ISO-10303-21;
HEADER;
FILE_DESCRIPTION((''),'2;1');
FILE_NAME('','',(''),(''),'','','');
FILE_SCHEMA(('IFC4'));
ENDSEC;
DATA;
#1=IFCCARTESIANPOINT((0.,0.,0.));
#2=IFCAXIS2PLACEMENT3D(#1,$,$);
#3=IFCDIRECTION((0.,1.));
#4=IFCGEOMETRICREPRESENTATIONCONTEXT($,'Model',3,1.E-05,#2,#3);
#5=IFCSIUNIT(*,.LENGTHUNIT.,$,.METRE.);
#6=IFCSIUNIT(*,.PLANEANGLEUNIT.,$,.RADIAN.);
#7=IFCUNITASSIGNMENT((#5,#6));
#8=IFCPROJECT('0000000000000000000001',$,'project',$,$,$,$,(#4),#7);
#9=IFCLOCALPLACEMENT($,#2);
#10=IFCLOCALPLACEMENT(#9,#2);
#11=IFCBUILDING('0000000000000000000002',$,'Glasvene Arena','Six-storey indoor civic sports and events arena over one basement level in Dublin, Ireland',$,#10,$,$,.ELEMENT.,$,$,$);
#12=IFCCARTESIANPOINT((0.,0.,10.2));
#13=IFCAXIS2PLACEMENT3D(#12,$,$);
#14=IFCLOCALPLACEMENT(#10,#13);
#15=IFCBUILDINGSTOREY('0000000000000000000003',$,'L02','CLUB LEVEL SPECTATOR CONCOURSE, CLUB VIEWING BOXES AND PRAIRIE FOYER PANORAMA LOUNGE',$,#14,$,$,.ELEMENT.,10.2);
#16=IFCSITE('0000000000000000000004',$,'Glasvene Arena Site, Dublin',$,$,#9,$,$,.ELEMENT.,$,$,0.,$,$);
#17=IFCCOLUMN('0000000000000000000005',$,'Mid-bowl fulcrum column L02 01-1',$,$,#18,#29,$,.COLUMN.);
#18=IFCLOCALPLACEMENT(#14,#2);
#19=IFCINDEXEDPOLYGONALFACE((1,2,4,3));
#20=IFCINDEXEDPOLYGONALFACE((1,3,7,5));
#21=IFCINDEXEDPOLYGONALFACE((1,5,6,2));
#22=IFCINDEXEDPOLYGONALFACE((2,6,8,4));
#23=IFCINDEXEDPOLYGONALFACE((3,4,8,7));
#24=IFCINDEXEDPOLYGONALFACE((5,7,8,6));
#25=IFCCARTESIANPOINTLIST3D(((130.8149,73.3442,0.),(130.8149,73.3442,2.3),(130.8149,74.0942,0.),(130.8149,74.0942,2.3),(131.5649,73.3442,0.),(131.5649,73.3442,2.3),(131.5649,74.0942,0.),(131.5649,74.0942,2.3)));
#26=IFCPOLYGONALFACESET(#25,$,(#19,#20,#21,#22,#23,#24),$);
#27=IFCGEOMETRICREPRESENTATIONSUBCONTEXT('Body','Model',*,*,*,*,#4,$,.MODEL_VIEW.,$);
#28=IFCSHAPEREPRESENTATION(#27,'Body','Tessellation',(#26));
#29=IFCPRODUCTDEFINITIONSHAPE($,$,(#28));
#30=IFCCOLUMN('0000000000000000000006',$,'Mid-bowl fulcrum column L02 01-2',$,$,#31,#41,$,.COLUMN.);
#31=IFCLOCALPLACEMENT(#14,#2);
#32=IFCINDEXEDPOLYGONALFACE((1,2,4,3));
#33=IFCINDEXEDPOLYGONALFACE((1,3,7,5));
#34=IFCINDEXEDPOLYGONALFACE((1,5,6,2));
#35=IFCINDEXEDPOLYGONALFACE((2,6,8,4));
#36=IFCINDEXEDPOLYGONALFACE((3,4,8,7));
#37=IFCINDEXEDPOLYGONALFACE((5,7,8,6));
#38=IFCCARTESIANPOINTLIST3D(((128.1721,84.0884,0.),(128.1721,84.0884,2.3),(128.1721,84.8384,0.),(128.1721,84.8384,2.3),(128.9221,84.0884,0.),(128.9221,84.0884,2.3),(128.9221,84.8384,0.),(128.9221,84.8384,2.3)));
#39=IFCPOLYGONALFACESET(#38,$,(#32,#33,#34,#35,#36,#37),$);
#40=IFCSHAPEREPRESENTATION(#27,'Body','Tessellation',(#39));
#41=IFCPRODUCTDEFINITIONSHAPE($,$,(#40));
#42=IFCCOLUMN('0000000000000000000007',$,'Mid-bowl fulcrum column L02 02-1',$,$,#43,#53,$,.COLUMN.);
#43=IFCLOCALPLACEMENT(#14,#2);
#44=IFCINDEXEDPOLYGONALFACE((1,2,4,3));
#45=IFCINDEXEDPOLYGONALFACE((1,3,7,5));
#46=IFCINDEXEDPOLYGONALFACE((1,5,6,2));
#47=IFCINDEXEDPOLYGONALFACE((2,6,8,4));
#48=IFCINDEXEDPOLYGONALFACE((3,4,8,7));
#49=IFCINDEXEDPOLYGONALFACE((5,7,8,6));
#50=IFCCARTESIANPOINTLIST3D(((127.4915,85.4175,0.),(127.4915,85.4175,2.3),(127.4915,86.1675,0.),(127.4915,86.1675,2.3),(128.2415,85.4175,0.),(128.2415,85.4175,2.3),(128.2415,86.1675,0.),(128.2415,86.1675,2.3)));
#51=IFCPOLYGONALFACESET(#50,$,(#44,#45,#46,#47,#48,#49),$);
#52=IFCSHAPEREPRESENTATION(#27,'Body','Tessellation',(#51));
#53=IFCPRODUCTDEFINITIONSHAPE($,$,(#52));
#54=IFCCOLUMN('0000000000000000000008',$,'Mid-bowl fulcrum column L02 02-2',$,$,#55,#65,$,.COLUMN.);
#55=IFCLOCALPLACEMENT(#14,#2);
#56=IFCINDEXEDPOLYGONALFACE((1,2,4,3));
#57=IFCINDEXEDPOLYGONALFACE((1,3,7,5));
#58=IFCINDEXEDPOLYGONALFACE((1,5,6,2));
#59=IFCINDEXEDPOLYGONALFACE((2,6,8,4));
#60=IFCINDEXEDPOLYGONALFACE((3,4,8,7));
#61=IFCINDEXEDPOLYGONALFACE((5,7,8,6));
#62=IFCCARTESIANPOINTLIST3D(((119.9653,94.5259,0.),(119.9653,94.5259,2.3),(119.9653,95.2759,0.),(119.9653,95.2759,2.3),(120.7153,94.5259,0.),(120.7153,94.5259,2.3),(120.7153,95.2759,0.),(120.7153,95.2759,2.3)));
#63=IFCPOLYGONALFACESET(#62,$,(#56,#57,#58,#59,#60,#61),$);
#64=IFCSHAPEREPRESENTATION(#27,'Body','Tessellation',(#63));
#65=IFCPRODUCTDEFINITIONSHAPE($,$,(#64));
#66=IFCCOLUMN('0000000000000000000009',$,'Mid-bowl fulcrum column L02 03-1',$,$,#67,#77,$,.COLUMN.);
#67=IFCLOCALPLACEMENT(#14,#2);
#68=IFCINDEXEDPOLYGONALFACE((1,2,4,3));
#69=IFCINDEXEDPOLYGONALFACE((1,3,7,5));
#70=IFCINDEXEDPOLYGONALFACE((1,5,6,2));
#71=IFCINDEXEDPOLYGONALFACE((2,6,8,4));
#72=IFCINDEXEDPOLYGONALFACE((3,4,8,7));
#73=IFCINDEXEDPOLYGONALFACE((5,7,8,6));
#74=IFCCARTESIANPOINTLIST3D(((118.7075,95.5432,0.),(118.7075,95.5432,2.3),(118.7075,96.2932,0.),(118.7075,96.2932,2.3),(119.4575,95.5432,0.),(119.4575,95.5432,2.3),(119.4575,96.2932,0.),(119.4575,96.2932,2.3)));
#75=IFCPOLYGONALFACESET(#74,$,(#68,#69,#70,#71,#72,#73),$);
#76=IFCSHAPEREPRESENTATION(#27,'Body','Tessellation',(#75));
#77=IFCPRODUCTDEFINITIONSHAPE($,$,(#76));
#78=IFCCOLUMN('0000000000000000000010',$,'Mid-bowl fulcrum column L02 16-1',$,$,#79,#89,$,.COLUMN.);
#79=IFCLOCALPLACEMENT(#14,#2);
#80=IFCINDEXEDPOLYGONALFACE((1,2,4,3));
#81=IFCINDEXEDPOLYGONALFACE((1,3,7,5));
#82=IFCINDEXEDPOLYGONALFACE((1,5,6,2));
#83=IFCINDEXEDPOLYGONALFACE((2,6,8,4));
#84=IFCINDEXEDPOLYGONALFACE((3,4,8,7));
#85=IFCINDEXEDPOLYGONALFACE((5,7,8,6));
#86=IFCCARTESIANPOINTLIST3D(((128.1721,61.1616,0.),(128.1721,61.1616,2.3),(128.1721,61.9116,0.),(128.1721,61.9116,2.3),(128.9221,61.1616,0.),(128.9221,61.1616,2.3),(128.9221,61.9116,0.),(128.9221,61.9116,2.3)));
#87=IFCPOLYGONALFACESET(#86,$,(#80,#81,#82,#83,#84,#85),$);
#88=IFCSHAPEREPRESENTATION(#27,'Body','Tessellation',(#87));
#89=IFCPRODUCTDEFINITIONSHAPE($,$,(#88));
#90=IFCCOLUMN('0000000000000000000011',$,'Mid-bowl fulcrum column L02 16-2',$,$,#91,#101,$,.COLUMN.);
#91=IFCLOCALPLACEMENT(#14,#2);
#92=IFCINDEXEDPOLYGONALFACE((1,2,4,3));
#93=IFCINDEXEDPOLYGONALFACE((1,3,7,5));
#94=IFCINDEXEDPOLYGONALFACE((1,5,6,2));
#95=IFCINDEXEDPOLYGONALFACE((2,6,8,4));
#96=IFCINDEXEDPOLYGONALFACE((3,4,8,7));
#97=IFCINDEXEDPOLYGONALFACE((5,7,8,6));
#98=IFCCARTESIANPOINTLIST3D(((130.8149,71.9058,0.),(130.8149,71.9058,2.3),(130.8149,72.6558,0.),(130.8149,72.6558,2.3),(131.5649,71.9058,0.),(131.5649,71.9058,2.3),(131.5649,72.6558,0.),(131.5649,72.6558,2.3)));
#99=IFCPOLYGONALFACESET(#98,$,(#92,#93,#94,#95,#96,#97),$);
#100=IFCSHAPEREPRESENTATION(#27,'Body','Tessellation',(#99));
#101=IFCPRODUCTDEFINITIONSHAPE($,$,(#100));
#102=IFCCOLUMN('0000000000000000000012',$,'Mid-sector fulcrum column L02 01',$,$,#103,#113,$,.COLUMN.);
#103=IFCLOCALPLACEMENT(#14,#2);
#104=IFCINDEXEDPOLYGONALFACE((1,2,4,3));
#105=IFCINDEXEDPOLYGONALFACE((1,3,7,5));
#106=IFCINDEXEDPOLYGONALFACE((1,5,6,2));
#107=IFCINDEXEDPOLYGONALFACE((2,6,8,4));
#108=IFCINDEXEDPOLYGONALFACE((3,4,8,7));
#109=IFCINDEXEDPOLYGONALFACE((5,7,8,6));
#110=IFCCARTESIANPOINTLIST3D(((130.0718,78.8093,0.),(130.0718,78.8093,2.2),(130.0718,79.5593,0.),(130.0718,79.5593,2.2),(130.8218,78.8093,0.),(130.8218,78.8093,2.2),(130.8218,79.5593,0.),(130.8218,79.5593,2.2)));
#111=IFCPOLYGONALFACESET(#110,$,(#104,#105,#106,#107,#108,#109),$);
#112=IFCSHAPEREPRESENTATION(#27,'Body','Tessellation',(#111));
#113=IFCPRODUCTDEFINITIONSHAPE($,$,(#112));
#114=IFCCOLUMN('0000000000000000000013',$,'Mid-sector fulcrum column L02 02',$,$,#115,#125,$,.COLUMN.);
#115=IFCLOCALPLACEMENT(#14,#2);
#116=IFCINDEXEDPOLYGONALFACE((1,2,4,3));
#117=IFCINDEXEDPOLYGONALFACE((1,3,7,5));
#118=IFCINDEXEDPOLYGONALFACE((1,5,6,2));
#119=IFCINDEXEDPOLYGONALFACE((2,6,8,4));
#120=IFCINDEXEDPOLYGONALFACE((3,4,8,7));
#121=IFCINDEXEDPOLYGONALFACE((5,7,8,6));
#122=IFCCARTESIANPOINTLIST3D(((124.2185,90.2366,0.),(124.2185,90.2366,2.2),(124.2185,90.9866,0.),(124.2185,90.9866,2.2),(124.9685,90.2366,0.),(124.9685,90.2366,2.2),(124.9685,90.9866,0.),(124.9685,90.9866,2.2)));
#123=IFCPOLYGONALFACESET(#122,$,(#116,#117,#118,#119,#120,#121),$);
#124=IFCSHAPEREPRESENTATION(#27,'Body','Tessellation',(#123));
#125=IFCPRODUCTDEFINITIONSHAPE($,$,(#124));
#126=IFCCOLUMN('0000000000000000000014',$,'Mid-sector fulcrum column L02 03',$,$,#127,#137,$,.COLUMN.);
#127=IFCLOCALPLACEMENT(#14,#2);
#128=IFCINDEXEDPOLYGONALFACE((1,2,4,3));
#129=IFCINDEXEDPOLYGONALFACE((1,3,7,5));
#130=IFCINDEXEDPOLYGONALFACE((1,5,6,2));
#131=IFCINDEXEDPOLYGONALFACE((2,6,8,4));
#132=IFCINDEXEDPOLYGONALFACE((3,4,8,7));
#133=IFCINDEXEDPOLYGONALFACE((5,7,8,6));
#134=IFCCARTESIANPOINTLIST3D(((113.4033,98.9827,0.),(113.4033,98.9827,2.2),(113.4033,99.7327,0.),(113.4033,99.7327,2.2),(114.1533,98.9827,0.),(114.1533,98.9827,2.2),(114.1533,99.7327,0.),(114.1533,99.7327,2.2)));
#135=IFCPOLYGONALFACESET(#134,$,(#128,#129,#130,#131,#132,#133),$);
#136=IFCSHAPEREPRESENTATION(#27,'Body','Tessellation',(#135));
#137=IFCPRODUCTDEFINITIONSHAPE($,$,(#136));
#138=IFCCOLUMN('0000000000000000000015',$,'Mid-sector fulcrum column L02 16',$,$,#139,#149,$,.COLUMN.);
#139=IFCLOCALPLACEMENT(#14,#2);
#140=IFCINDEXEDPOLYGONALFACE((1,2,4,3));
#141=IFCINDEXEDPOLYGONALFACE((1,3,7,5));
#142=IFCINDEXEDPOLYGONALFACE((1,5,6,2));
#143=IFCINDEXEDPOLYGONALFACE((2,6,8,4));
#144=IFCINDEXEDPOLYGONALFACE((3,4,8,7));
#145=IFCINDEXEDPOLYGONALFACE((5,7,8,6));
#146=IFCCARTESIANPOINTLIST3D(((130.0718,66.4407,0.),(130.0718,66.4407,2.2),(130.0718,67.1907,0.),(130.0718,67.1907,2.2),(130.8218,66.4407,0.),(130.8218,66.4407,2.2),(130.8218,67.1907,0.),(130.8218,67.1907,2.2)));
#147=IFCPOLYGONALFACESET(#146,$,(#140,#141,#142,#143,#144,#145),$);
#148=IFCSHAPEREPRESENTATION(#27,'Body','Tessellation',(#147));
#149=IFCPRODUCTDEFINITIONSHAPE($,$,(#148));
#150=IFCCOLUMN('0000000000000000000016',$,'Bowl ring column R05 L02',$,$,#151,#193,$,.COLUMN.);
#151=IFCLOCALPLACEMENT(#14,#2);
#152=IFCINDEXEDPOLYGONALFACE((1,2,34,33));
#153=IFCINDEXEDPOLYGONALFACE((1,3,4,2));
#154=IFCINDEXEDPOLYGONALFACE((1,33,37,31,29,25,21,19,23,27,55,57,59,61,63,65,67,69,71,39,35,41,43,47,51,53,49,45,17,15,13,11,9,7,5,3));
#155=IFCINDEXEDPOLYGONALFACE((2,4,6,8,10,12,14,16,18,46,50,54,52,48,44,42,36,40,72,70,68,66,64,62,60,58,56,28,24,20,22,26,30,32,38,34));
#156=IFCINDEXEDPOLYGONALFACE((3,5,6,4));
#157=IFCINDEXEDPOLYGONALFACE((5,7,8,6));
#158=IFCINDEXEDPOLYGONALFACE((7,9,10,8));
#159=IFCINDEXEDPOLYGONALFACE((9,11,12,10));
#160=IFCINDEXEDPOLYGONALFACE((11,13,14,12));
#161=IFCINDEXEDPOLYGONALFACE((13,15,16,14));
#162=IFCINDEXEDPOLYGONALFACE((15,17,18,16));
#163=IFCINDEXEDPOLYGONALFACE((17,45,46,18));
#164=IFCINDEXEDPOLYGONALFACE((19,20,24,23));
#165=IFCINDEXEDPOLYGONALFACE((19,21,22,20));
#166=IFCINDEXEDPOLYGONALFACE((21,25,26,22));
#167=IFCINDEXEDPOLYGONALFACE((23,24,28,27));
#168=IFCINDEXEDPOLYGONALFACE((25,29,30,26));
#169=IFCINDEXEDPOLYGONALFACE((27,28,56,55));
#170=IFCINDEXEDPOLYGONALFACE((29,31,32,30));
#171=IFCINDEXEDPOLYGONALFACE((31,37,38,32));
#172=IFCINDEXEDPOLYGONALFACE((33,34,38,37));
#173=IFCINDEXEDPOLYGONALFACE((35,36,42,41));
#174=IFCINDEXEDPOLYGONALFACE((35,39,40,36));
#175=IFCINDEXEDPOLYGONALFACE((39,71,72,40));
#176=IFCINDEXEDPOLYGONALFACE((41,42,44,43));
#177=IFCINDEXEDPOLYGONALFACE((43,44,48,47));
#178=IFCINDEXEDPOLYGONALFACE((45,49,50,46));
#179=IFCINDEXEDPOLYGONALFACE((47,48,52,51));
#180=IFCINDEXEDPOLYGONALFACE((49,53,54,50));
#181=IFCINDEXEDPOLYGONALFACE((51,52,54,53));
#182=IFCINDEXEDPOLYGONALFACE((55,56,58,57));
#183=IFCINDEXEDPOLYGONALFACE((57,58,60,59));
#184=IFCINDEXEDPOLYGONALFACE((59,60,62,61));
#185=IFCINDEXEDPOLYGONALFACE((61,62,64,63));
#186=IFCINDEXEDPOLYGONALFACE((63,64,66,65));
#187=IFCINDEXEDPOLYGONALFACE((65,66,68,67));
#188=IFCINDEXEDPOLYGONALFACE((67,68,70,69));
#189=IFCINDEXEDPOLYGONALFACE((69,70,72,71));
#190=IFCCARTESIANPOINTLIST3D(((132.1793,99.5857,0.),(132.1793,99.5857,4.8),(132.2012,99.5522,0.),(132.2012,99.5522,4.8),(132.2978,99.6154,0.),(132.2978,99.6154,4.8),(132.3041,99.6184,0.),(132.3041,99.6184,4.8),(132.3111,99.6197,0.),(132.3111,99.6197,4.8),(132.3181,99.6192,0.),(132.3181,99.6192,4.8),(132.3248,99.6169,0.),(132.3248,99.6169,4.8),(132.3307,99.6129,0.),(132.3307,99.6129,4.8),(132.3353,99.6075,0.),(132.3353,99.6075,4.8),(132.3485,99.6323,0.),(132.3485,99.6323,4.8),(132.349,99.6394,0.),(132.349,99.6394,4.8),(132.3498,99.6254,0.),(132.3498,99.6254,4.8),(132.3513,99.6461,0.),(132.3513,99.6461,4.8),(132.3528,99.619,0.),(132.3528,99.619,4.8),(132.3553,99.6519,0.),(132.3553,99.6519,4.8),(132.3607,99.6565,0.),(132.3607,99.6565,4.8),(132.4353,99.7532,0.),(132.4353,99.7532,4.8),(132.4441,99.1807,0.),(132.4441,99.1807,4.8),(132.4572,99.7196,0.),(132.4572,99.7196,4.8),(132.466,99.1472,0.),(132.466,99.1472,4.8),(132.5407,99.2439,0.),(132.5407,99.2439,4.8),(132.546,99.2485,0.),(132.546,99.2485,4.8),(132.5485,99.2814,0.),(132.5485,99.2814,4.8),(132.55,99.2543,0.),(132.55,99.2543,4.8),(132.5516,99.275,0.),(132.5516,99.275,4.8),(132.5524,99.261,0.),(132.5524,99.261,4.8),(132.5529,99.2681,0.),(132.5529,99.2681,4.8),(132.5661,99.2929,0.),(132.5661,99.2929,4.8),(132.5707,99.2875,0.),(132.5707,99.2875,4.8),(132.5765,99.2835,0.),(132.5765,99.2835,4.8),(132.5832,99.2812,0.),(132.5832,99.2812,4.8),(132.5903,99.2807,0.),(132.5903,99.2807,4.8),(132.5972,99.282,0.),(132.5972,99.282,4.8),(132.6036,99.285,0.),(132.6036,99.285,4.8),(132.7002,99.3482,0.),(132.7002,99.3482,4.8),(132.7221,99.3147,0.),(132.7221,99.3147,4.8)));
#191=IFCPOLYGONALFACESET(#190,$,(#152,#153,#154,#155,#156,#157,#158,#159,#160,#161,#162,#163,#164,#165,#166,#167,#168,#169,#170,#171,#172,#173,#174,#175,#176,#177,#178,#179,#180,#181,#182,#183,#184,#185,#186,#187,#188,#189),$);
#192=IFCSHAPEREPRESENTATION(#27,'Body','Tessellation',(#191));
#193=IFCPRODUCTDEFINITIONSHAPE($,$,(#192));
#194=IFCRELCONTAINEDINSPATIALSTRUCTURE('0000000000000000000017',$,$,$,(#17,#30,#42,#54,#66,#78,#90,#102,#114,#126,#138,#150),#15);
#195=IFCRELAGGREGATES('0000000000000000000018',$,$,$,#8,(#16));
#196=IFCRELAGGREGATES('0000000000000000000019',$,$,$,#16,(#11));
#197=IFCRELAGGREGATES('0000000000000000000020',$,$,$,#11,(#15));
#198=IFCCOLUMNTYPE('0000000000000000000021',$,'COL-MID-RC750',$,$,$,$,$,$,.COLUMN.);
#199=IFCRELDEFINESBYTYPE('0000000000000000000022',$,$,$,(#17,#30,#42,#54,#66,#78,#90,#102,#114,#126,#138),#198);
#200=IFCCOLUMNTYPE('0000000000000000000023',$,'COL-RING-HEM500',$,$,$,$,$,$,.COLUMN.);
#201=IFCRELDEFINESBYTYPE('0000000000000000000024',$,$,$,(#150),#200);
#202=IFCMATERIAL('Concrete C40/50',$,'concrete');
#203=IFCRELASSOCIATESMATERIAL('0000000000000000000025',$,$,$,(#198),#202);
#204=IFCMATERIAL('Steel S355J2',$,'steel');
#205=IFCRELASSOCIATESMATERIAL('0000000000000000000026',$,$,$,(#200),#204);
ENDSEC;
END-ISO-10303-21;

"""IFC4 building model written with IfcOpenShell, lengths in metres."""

from ifc_helpers import new_model, si_unit, direction, frame, origin, origin_2d, place, context, subcontext, project, spatial, rectangle, i_section, extrude, material, material_profile, profile_set, type_object, element, save


model = new_model("IFC4")

# Units and contexts
model_context = context("Model", 3, precision=1e-05, world=origin(), true_north=direction((0.0, 1.0)))
body_context = subcontext(model_context, "Body", "Model", "MODEL_VIEW")
ifc_project = project(units=[si_unit("LENGTHUNIT", "METRE"), si_unit("PLANEANGLEUNIT", "RADIAN")], contexts=[model_context])

# Site, building, storey
site_placement = place(None, origin())
site = spatial("IfcSite", under=ifc_project, at=site_placement, Name="Glasvene Arena Site, Dublin", CompositionType="ELEMENT", RefElevation=0.0)
building_placement = place(site_placement, origin())
building = spatial("IfcBuilding", under=site, at=building_placement, Name="Glasvene Arena", Description="Six-storey indoor civic sports and events arena over one basement level in Dublin, Ireland", CompositionType="ELEMENT")
storey_placement = place(building_placement, frame((0.0, 0.0, 10.2)))
storey = spatial("IfcBuildingStorey", under=building, at=storey_placement, Name="L02", Description="CLUB LEVEL SPECTATOR CONCOURSE, CLUB VIEWING BOXES AND PRAIRIE FOYER PANORAMA LOUNGE", CompositionType="ELEMENT", Elevation=10.2)

# Columns
ifc_material_1 = material(Name="Concrete C40/50", Category="concrete")
ifc_material_profile_1 = material_profile(ifc_material_1, rectangle(XDim=0.75, YDim=0.75, at=origin_2d()), Name="RC 750x750")
ifc_profile_set_1 = profile_set([ifc_material_profile_1], Name="Concrete C40/50")
column_type_1 = type_object("IfcColumnType", Name="COL-MID-RC750", PredefinedType="COLUMN", material=ifc_profile_set_1)
for number, where, z_axis, x_axis, name in (
    (1, (131.1899, 73.7192, 0.0), (0.0, 0.0, 1.0), (1.0, 0.0, 0.0), "Mid-bowl fulcrum column L02 01-1"),
    (2, (128.5471, 84.4634, 0.0), (0.0, 0.0, 1.0), (1.0, 0.0, 0.0), "Mid-bowl fulcrum column L02 01-2"),
    (3, (127.8665, 85.7925, 0.0), (0.0, 0.0, 1.0), (1.0, 0.0, 0.0), "Mid-bowl fulcrum column L02 02-1"),
    (4, (120.3403, 94.9009, 0.0), (0.0, 0.0, 1.0), (1.0, 0.0, 0.0), "Mid-bowl fulcrum column L02 02-2"),
    (5, (119.0825, 95.9182, 0.0), (0.0, 0.0, 1.0), (1.0, 0.0, 0.0), "Mid-bowl fulcrum column L02 03-1"),
    (6, (128.5471, 61.5366, 0.0), (0.0, 0.0, 1.0), (1.0, 0.0, 0.0), "Mid-bowl fulcrum column L02 16-1"),
    (7, (131.1899, 72.2808, 0.0), (0.0, 0.0, 1.0), (1.0, 0.0, 0.0), "Mid-bowl fulcrum column L02 16-2"),
):
    element("IfcColumn", number, at=place(storey_placement, frame(where, z_axis=z_axis, x_axis=x_axis)), inside=storey, type_object=column_type_1, Name=name, PredefinedType="COLUMN", context=body_context, shape_type="SweptSolid", body=[
        extrude(rectangle(XDim=0.75, YDim=0.75, at=origin_2d()), origin(), (0.0, 0.0, 1.0), 2.3),
    ])
for number, where, z_axis, x_axis, name in (
    (8, (130.4468, 79.1843, 0.0), (0.0, 0.0, 1.0), (1.0, 0.0, 0.0), "Mid-sector fulcrum column L02 01"),
    (9, (124.5935, 90.6116, 0.0), (0.0, 0.0, 1.0), (1.0, 0.0, 0.0), "Mid-sector fulcrum column L02 02"),
    (10, (113.7783, 99.3577, 0.0), (0.0, 0.0, 1.0), (1.0, 0.0, 0.0), "Mid-sector fulcrum column L02 03"),
    (11, (130.4468, 66.8157, 0.0), (0.0, 0.0, 1.0), (1.0, 0.0, 0.0), "Mid-sector fulcrum column L02 16"),
):
    element("IfcColumn", number, at=place(storey_placement, frame(where, z_axis=z_axis, x_axis=x_axis)), inside=storey, type_object=column_type_1, Name=name, PredefinedType="COLUMN", context=body_context, shape_type="SweptSolid", body=[
        extrude(rectangle(XDim=0.75, YDim=0.75, at=origin_2d()), origin(), (0.0, 0.0, 1.0), 2.2),
    ])
ifc_material_2 = material(Name="Steel S355J2", Category="steel")
ifc_material_profile_2 = material_profile(ifc_material_2, i_section(OverallWidth=0.3059, OverallDepth=0.5239, WebThickness=0.021, FlangeThickness=0.04, FilletRadius=0.0271, at=origin_2d()), Name="HEM 500")
ifc_profile_set_2 = profile_set([ifc_material_profile_2], Name="Steel S355J2")
column_type_2 = type_object("IfcColumnType", Name="COL-RING-HEM500", PredefinedType="COLUMN", material=ifc_profile_set_2)
column_placement = place(storey_placement, frame((132.4507, 99.4502, 0.0), z_axis=(0.0, 0.0, 1.0), x_axis=(0.836955, 0.547271, 0.0)))
element("IfcColumn", 12, at=column_placement, inside=storey, type_object=column_type_2, Name="Bowl ring column R05 L02", PredefinedType="COLUMN", context=body_context, shape_type="SweptSolid", body=[
    extrude(i_section(OverallWidth=0.3059, OverallDepth=0.5239, WebThickness=0.021, FlangeThickness=0.04, FilletRadius=0.0271, at=origin_2d()), origin(), (0.0, 0.0, 1.0), 4.8),
])

save(model, "model.ifc")
